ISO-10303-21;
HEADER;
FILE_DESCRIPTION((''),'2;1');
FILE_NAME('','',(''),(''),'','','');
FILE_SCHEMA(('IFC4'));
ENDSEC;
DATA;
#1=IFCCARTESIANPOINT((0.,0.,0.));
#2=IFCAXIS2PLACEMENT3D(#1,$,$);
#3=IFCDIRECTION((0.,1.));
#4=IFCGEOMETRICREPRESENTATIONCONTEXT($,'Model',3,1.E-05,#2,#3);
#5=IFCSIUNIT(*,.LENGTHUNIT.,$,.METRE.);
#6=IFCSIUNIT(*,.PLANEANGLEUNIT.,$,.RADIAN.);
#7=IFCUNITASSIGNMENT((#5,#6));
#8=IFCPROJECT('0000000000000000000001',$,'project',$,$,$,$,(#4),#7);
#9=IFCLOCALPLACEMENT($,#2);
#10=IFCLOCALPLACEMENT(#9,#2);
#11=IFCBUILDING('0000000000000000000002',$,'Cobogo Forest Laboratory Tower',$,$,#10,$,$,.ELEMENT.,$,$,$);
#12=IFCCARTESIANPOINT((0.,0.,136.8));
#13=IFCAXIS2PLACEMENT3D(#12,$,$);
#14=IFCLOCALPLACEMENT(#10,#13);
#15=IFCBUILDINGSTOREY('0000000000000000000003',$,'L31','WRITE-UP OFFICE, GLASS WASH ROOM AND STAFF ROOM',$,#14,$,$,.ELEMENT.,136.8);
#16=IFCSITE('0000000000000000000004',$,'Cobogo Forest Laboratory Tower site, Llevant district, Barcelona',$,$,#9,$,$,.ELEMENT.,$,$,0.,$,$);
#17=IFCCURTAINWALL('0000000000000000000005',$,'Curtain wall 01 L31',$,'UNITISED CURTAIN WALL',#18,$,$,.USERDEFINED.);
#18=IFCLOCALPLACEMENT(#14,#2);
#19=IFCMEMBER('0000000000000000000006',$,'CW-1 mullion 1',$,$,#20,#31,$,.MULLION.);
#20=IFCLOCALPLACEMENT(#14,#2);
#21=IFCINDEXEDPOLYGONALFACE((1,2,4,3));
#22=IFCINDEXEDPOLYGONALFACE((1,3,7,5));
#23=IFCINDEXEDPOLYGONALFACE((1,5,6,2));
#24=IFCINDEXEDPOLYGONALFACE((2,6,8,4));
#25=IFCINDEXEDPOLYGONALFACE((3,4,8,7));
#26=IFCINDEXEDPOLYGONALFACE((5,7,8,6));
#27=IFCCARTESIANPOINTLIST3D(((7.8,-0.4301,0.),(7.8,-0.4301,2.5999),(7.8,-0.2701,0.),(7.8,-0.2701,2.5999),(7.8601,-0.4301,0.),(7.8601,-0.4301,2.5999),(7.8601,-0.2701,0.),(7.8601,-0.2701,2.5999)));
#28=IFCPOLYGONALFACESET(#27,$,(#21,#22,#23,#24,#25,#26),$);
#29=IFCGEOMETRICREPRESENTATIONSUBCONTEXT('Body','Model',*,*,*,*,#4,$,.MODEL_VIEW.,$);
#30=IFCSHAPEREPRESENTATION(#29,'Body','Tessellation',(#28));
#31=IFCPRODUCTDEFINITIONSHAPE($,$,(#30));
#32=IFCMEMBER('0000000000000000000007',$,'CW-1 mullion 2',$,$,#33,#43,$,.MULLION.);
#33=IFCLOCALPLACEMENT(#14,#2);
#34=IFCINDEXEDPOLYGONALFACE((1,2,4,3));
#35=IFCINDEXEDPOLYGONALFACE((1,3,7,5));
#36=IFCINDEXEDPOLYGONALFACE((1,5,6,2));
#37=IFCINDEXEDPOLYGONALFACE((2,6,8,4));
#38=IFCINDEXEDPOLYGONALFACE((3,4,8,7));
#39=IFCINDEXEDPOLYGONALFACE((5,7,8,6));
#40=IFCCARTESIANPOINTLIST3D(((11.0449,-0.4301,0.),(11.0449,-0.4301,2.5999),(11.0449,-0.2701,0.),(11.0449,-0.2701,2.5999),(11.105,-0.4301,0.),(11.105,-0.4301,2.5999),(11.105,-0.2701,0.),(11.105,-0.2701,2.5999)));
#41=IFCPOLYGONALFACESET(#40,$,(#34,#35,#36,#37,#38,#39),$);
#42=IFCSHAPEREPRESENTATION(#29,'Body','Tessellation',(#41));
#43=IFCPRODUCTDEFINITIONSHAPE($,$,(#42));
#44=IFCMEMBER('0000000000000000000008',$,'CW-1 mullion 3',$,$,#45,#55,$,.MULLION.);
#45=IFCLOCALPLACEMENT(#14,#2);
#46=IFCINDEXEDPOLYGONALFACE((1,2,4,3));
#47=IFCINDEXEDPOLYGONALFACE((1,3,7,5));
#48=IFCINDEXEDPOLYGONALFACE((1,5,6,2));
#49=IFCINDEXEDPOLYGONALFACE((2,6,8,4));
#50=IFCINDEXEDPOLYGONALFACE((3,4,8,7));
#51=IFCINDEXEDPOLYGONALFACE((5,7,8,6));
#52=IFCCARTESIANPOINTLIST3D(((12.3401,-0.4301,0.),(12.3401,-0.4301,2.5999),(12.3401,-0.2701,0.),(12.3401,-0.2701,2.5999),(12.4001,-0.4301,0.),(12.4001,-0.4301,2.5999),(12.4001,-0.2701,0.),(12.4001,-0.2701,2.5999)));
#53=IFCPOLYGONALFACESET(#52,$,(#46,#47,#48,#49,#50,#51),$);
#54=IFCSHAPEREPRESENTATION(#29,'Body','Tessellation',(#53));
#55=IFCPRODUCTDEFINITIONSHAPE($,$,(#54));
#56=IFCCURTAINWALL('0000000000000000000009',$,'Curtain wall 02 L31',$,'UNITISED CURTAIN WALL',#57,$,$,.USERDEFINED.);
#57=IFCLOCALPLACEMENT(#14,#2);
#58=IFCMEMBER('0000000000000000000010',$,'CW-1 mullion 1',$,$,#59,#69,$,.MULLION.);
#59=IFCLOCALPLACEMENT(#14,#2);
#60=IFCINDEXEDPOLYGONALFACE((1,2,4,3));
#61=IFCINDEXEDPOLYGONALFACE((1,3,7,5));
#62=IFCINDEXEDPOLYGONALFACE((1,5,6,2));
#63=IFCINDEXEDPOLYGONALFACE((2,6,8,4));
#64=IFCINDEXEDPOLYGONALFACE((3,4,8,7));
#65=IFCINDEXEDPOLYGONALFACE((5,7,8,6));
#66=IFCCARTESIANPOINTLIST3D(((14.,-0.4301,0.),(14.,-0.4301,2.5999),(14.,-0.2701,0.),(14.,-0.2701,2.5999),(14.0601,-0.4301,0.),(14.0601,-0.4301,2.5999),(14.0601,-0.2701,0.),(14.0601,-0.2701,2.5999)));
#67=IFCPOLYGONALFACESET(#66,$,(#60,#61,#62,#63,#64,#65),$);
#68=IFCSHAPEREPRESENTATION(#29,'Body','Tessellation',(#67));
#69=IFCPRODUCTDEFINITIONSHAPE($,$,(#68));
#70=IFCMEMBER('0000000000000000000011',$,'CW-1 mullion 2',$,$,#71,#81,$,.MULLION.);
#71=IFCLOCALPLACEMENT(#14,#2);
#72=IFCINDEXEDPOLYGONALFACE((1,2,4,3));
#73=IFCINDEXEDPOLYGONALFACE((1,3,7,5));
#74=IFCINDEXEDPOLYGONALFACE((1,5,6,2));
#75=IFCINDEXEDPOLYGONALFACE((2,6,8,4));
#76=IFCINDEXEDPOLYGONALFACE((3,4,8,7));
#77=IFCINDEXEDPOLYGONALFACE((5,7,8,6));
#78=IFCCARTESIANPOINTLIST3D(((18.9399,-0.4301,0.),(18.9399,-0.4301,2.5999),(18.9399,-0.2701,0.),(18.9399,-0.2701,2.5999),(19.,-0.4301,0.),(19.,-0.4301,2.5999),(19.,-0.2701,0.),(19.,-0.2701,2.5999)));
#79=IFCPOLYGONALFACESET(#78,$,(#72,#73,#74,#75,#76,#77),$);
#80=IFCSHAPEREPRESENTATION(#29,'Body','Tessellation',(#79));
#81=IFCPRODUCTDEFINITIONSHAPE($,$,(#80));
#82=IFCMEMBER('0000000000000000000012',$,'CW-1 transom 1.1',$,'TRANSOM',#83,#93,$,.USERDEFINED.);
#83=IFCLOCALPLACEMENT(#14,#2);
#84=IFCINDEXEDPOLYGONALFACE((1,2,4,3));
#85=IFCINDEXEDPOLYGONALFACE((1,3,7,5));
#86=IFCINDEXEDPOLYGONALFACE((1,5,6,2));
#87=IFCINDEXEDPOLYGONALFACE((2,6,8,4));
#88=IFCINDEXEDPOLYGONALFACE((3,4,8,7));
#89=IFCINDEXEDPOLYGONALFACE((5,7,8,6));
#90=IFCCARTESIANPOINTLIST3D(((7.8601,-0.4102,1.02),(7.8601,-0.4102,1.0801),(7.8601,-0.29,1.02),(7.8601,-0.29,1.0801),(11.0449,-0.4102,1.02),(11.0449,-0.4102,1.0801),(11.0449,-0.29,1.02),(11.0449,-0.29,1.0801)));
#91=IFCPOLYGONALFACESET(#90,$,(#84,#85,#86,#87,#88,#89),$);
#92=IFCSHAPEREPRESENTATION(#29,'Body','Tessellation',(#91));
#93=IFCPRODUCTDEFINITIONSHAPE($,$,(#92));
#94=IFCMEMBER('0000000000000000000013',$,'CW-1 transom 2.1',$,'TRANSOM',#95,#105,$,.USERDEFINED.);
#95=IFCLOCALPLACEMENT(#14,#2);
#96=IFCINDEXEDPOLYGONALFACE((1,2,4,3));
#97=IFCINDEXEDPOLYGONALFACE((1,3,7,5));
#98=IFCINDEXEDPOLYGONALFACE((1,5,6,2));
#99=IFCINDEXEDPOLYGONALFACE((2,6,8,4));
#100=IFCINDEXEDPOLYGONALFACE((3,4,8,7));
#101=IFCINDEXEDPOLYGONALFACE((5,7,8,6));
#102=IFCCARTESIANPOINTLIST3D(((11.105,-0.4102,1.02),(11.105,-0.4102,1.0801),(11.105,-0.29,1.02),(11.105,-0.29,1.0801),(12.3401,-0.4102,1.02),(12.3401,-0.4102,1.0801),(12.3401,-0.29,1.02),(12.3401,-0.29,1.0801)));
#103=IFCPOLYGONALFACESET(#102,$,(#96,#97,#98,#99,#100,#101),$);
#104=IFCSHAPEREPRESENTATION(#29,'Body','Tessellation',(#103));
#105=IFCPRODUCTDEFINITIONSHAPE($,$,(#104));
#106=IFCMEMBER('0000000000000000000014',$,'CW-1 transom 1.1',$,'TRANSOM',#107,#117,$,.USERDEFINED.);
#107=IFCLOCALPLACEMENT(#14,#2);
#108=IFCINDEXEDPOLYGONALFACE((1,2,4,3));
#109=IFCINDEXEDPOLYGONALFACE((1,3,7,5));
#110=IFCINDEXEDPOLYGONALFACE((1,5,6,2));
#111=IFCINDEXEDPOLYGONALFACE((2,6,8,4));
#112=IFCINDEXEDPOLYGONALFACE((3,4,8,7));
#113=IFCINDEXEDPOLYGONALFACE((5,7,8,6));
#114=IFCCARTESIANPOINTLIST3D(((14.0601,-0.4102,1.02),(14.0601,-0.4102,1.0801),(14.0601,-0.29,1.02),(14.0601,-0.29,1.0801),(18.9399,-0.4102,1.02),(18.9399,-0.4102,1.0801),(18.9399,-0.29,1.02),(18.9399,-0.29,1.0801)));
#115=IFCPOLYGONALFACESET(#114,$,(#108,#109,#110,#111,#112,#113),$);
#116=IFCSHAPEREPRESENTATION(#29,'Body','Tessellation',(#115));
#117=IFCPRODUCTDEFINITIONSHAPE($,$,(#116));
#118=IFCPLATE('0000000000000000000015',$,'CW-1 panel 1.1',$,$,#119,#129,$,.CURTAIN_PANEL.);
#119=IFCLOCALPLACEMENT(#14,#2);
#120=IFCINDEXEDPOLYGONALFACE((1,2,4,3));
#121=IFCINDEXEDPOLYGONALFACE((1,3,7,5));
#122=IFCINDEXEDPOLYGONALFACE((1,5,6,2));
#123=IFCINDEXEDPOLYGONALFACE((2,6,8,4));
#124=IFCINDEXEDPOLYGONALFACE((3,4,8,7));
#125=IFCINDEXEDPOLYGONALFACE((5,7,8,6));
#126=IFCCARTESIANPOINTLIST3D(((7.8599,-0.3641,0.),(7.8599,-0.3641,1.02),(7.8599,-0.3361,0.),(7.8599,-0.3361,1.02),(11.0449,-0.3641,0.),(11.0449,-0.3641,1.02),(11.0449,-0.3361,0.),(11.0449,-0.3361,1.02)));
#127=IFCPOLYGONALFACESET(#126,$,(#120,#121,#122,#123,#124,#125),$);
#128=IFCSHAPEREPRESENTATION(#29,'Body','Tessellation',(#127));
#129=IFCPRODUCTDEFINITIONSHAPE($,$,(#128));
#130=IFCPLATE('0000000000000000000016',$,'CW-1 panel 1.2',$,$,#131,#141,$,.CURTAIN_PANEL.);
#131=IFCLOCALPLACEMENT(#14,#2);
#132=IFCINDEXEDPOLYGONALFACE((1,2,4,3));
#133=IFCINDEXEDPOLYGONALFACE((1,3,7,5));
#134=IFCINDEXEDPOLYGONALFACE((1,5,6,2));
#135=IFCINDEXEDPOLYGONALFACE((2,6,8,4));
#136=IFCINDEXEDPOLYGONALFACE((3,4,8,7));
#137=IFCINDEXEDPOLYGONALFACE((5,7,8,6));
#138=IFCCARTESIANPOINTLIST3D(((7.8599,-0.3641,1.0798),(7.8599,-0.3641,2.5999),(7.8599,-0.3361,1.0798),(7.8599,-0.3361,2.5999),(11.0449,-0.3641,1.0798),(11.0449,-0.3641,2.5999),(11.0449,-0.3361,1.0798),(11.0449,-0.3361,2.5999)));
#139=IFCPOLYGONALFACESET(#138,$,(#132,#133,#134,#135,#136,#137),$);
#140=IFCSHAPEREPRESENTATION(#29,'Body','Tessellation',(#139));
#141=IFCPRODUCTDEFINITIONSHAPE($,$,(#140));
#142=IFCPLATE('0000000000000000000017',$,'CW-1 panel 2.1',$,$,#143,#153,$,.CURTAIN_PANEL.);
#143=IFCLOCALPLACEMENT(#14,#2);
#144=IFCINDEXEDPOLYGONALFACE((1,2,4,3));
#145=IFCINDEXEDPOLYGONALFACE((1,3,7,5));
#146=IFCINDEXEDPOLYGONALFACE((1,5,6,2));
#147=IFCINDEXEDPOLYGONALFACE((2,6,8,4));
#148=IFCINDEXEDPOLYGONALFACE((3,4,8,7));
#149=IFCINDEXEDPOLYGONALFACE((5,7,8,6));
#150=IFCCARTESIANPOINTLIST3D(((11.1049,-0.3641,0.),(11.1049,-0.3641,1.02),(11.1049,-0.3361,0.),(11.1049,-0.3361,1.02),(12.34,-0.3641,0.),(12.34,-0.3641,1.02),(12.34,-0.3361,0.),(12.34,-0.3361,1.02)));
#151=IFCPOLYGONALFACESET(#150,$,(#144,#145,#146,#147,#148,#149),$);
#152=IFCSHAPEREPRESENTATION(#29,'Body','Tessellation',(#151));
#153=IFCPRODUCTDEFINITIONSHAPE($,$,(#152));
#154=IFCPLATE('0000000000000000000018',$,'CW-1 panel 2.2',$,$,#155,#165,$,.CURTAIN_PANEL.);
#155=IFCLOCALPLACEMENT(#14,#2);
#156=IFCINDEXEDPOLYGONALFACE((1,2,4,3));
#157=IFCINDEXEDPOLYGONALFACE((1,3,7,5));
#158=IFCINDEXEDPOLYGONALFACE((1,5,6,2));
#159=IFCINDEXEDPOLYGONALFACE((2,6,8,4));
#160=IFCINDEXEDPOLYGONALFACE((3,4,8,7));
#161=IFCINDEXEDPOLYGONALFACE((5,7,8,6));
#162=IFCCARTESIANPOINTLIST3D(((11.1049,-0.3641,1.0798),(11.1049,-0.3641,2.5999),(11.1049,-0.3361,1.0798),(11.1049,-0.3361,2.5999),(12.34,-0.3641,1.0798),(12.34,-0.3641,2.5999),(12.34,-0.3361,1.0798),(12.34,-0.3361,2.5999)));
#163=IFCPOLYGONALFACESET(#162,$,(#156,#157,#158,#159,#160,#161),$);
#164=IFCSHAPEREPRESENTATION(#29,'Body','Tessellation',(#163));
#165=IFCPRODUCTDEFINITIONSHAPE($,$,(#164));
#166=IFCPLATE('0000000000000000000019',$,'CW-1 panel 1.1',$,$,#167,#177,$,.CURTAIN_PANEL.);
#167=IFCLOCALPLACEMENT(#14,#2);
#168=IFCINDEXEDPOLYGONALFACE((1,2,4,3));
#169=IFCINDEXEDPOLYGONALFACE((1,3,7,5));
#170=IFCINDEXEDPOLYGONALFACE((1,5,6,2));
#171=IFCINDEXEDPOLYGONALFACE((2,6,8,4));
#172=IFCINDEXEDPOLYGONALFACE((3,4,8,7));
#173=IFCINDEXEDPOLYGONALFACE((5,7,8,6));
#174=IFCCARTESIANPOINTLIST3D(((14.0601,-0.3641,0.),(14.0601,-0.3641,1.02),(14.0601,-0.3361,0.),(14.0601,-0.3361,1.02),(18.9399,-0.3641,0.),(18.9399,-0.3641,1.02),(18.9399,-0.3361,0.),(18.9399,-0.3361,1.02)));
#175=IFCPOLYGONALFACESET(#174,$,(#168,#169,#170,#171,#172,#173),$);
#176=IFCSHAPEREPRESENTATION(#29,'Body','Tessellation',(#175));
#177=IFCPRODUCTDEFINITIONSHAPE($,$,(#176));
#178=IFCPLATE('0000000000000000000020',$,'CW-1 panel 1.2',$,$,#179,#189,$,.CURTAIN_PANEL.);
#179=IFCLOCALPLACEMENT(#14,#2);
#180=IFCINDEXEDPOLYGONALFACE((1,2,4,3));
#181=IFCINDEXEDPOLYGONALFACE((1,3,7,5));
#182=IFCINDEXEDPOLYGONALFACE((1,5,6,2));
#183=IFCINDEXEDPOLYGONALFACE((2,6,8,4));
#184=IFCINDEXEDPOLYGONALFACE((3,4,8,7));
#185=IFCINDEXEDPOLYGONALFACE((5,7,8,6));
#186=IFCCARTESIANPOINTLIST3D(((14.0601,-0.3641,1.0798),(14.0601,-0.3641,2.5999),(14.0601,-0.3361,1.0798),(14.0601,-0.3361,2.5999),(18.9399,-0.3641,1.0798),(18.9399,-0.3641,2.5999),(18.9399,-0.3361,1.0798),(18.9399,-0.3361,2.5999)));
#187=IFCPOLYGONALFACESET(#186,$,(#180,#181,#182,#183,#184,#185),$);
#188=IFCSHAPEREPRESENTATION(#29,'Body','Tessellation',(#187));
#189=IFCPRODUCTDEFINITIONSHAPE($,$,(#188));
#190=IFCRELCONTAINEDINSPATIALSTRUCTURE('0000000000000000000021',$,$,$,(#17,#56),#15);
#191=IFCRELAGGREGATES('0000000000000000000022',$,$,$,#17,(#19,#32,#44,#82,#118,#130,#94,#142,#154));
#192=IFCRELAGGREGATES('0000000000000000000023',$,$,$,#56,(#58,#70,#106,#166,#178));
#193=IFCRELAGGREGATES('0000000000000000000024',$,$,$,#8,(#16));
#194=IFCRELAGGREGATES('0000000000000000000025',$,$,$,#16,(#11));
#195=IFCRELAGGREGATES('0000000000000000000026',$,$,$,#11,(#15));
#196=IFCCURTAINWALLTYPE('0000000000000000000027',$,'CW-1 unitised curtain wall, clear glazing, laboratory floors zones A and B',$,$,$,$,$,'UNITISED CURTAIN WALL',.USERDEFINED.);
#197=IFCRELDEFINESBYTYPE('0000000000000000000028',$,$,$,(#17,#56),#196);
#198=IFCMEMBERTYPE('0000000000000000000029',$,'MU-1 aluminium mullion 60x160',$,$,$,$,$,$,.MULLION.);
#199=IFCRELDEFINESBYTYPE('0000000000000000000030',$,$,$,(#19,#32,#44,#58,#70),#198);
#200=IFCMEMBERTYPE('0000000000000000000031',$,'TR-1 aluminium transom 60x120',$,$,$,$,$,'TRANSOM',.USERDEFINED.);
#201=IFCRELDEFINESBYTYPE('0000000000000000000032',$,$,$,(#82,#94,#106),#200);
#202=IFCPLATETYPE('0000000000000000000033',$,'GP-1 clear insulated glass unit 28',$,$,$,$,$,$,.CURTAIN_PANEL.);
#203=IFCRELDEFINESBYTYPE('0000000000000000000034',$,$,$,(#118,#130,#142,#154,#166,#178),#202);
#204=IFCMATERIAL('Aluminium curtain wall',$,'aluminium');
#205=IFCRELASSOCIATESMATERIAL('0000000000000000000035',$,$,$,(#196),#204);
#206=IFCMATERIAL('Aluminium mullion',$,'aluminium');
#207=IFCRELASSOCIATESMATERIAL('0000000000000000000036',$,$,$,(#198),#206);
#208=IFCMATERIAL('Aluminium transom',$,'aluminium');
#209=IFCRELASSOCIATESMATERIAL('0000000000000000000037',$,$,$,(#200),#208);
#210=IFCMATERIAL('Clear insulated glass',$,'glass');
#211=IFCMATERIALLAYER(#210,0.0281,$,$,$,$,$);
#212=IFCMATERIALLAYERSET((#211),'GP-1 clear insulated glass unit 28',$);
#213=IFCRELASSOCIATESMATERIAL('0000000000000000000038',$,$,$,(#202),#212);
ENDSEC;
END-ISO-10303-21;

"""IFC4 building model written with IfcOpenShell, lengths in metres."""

from ifc_helpers import new_model, si_unit, direction, frame, origin, origin_2d, place, context, subcontext, project, spatial, rectangle, extrude, material, layer, layer_set, material_profile, profile_set, type_object, element, aggregate, save


model = new_model("IFC4")

# Units and contexts
model_context = context("Model", 3, precision=1e-05, world=origin(), true_north=direction((0.0, 1.0)))
body_context = subcontext(model_context, "Body", "Model", "MODEL_VIEW")
ifc_project = project(units=[si_unit("LENGTHUNIT", "METRE"), si_unit("PLANEANGLEUNIT", "RADIAN")], contexts=[model_context])

# Site, building, storey
site_placement = place(None, origin())
site = spatial("IfcSite", under=ifc_project, at=site_placement, Name="Cobogo Forest Laboratory Tower site, Llevant district, Barcelona", CompositionType="ELEMENT", RefElevation=0.0)
building_placement = place(site_placement, origin())
building = spatial("IfcBuilding", under=site, at=building_placement, Name="Cobogo Forest Laboratory Tower", CompositionType="ELEMENT")
storey_placement = place(building_placement, frame((0.0, 0.0, 136.8)))
storey = spatial("IfcBuildingStorey", under=building, at=storey_placement, Name="L31", Description="WRITE-UP OFFICE, GLASS WASH ROOM AND STAFF ROOM", CompositionType="ELEMENT", Elevation=136.8)

# Curtain walls, members
ifc_material_1 = material(Name="Aluminium curtain wall", Category="aluminium")
curtain_wall_type = type_object("IfcCurtainWallType", Name="CW-1 unitised curtain wall, clear glazing, laboratory floors zones A and B", ElementType="UNITISED CURTAIN WALL", PredefinedType="USERDEFINED", material=ifc_material_1)
curtain_wall_1_placement = place(storey_placement, origin())
curtain_wall_1 = element("IfcCurtainWall", 1, at=curtain_wall_1_placement, inside=storey, type_object=curtain_wall_type, Name="Curtain wall 01 L31", ObjectType="UNITISED CURTAIN WALL", PredefinedType="USERDEFINED")
ifc_material_2 = material(Name="Aluminium mullion", Category="aluminium")
ifc_material_profile_1 = material_profile(ifc_material_2, rectangle(XDim=0.0601, YDim=0.1599, at=origin_2d()), Name="AL 60x160")
ifc_profile_set_1 = profile_set([ifc_material_profile_1], Name="Aluminium mullion")
member_type_1 = type_object("IfcMemberType", Name="MU-1 aluminium mullion 60x160", PredefinedType="MULLION", material=ifc_profile_set_1)
member_1_placement = place(storey_placement, frame((7.8301, -0.3501, 0.0), z_axis=(0.0, 0.0, 1.0), x_axis=(1.0, 0.0, 0.0)))
member_1 = element("IfcMember", 2, at=member_1_placement, type_object=member_type_1, Name="CW-1 mullion 1", PredefinedType="MULLION", context=body_context, shape_type="SweptSolid", body=[
    extrude(rectangle(XDim=0.0601, YDim=0.1599, at=origin_2d()), origin(), (0.0, 0.0, 1.0), 2.5999),
])
member_2_placement = place(storey_placement, frame((11.075, -0.3501, 0.0), z_axis=(0.0, 0.0, 1.0), x_axis=(1.0, 0.0, 0.0)))
member_2 = element("IfcMember", 3, at=member_2_placement, type_object=member_type_1, Name="CW-1 mullion 2", PredefinedType="MULLION", context=body_context, shape_type="SweptSolid", body=[
    extrude(rectangle(XDim=0.0601, YDim=0.1599, at=origin_2d()), origin(), (0.0, 0.0, 1.0), 2.5999),
])
member_3_placement = place(storey_placement, frame((12.3701, -0.3501, 0.0), z_axis=(0.0, 0.0, 1.0), x_axis=(1.0, 0.0, 0.0)))
member_3 = element("IfcMember", 4, at=member_3_placement, type_object=member_type_1, Name="CW-1 mullion 3", PredefinedType="MULLION", context=body_context, shape_type="SweptSolid", body=[
    extrude(rectangle(XDim=0.0601, YDim=0.1599, at=origin_2d()), origin(), (0.0, 0.0, 1.0), 2.5999),
])
curtain_wall_2_placement = place(storey_placement, origin())
curtain_wall_2 = element("IfcCurtainWall", 5, at=curtain_wall_2_placement, inside=storey, type_object=curtain_wall_type, Name="Curtain wall 02 L31", ObjectType="UNITISED CURTAIN WALL", PredefinedType="USERDEFINED")
member_4_placement = place(storey_placement, frame((14.03, -0.3501, 0.0), z_axis=(0.0, 0.0, 1.0), x_axis=(1.0, 0.0, 0.0)))
member_4 = element("IfcMember", 6, at=member_4_placement, type_object=member_type_1, Name="CW-1 mullion 1", PredefinedType="MULLION", context=body_context, shape_type="SweptSolid", body=[
    extrude(rectangle(XDim=0.0601, YDim=0.1599, at=origin_2d()), origin(), (0.0, 0.0, 1.0), 2.5999),
])
member_5_placement = place(storey_placement, frame((18.97, -0.3501, 0.0), z_axis=(0.0, 0.0, 1.0), x_axis=(1.0, 0.0, 0.0)))
member_5 = element("IfcMember", 7, at=member_5_placement, type_object=member_type_1, Name="CW-1 mullion 2", PredefinedType="MULLION", context=body_context, shape_type="SweptSolid", body=[
    extrude(rectangle(XDim=0.0601, YDim=0.1599, at=origin_2d()), origin(), (0.0, 0.0, 1.0), 2.5999),
])

# Members
ifc_material_3 = material(Name="Aluminium transom", Category="aluminium")
ifc_material_profile_2 = material_profile(ifc_material_3, rectangle(XDim=0.1201, YDim=0.0601, at=origin_2d()), Name="AL 60x120")
ifc_profile_set_2 = profile_set([ifc_material_profile_2], Name="Aluminium transom")
member_type_2 = type_object("IfcMemberType", Name="TR-1 aluminium transom 60x120", ElementType="TRANSOM", PredefinedType="USERDEFINED", material=ifc_profile_set_2)
member_6_placement = place(storey_placement, frame((7.8601, -0.3501, 1.05), z_axis=(1.0, 0.0, 0.0), x_axis=(0.0, 1.0, 0.0)))
member_6 = element("IfcMember", 8, at=member_6_placement, type_object=member_type_2, Name="CW-1 transom 1.1", ObjectType="TRANSOM", PredefinedType="USERDEFINED", context=body_context, shape_type="SweptSolid", body=[
    extrude(rectangle(XDim=0.1201, YDim=0.0601, at=origin_2d()), origin(), (0.0, 0.0, 1.0), 3.1848),
])
member_7_placement = place(storey_placement, frame((11.105, -0.3501, 1.05), z_axis=(1.0, 0.0, 0.0), x_axis=(0.0, 1.0, 0.0)))
member_7 = element("IfcMember", 9, at=member_7_placement, type_object=member_type_2, Name="CW-1 transom 2.1", ObjectType="TRANSOM", PredefinedType="USERDEFINED", context=body_context, shape_type="SweptSolid", body=[
    extrude(rectangle(XDim=0.1201, YDim=0.0601, at=origin_2d()), origin(), (0.0, 0.0, 1.0), 1.2351),
])
member_8_placement = place(storey_placement, frame((14.0601, -0.3501, 1.05), z_axis=(1.0, 0.0, 0.0), x_axis=(0.0, 1.0, 0.0)))
member_8 = element("IfcMember", 10, at=member_8_placement, type_object=member_type_2, Name="CW-1 transom 1.1", ObjectType="TRANSOM", PredefinedType="USERDEFINED", context=body_context, shape_type="SweptSolid", body=[
    extrude(rectangle(XDim=0.1201, YDim=0.0601, at=origin_2d()), origin(), (0.0, 0.0, 1.0), 4.8799),
])

# Plates
ifc_material_4 = material(Name="Clear insulated glass", Category="glass")
ifc_layer_1 = layer(ifc_material_4, 0.0281)
ifc_layer_set_1 = layer_set([ifc_layer_1], Name="GP-1 clear insulated glass unit 28")
plate_type_1 = type_object("IfcPlateType", Name="GP-1 clear insulated glass unit 28", PredefinedType="CURTAIN_PANEL", material=ifc_layer_set_1)
plate_1_placement = place(storey_placement, frame((9.4524, -0.3501, 0.0), z_axis=(0.0, 0.0, 1.0), x_axis=(1.0, 0.0, 0.0)))
plate_1 = element("IfcPlate", 11, at=plate_1_placement, type_object=plate_type_1, Name="CW-1 panel 1.1", PredefinedType="CURTAIN_PANEL", context=body_context, shape_type="SweptSolid", body=[
    extrude(rectangle(XDim=3.1851, YDim=0.0281, at=origin_2d()), origin(), (0.0, 0.0, 1.0), 1.02),
])
plate_2_placement = place(storey_placement, frame((9.4524, -0.3501, 1.0798), z_axis=(0.0, 0.0, 1.0), x_axis=(1.0, 0.0, 0.0)))
plate_2 = element("IfcPlate", 12, at=plate_2_placement, type_object=plate_type_1, Name="CW-1 panel 1.2", PredefinedType="CURTAIN_PANEL", context=body_context, shape_type="SweptSolid", body=[
    extrude(rectangle(XDim=3.1851, YDim=0.0281, at=origin_2d()), origin(), (0.0, 0.0, 1.0), 1.52),
])
plate_3_placement = place(storey_placement, frame((11.7224, -0.3501, 0.0), z_axis=(0.0, 0.0, 1.0), x_axis=(1.0, 0.0, 0.0)))
plate_3 = element("IfcPlate", 13, at=plate_3_placement, type_object=plate_type_1, Name="CW-1 panel 2.1", PredefinedType="CURTAIN_PANEL", context=body_context, shape_type="SweptSolid", body=[
    extrude(rectangle(XDim=1.2351, YDim=0.0281, at=origin_2d()), origin(), (0.0, 0.0, 1.0), 1.02),
])
plate_4_placement = place(storey_placement, frame((11.7224, -0.3501, 1.0798), z_axis=(0.0, 0.0, 1.0), x_axis=(1.0, 0.0, 0.0)))
plate_4 = element("IfcPlate", 14, at=plate_4_placement, type_object=plate_type_1, Name="CW-1 panel 2.2", PredefinedType="CURTAIN_PANEL", context=body_context, shape_type="SweptSolid", body=[
    extrude(rectangle(XDim=1.2351, YDim=0.0281, at=origin_2d()), origin(), (0.0, 0.0, 1.0), 1.52),
])
aggregate(curtain_wall_1, [member_1, member_2, member_3, member_6, plate_1, plate_2, member_7, plate_3, plate_4])
plate_5_placement = place(storey_placement, frame((16.5, -0.3501, 0.0), z_axis=(0.0, 0.0, 1.0), x_axis=(1.0, 0.0, 0.0)))
plate_5 = element("IfcPlate", 15, at=plate_5_placement, type_object=plate_type_1, Name="CW-1 panel 1.1", PredefinedType="CURTAIN_PANEL", context=body_context, shape_type="SweptSolid", body=[
    extrude(rectangle(XDim=4.8799, YDim=0.0281, at=origin_2d()), origin(), (0.0, 0.0, 1.0), 1.02),
])
plate_6_placement = place(storey_placement, frame((16.5, -0.3501, 1.0798), z_axis=(0.0, 0.0, 1.0), x_axis=(1.0, 0.0, 0.0)))
plate_6 = element("IfcPlate", 16, at=plate_6_placement, type_object=plate_type_1, Name="CW-1 panel 1.2", PredefinedType="CURTAIN_PANEL", context=body_context, shape_type="SweptSolid", body=[
    extrude(rectangle(XDim=4.8799, YDim=0.0281, at=origin_2d()), origin(), (0.0, 0.0, 1.0), 1.52),
])
aggregate(curtain_wall_2, [member_4, member_5, member_8, plate_5, plate_6])

save(model, "model.ifc")
